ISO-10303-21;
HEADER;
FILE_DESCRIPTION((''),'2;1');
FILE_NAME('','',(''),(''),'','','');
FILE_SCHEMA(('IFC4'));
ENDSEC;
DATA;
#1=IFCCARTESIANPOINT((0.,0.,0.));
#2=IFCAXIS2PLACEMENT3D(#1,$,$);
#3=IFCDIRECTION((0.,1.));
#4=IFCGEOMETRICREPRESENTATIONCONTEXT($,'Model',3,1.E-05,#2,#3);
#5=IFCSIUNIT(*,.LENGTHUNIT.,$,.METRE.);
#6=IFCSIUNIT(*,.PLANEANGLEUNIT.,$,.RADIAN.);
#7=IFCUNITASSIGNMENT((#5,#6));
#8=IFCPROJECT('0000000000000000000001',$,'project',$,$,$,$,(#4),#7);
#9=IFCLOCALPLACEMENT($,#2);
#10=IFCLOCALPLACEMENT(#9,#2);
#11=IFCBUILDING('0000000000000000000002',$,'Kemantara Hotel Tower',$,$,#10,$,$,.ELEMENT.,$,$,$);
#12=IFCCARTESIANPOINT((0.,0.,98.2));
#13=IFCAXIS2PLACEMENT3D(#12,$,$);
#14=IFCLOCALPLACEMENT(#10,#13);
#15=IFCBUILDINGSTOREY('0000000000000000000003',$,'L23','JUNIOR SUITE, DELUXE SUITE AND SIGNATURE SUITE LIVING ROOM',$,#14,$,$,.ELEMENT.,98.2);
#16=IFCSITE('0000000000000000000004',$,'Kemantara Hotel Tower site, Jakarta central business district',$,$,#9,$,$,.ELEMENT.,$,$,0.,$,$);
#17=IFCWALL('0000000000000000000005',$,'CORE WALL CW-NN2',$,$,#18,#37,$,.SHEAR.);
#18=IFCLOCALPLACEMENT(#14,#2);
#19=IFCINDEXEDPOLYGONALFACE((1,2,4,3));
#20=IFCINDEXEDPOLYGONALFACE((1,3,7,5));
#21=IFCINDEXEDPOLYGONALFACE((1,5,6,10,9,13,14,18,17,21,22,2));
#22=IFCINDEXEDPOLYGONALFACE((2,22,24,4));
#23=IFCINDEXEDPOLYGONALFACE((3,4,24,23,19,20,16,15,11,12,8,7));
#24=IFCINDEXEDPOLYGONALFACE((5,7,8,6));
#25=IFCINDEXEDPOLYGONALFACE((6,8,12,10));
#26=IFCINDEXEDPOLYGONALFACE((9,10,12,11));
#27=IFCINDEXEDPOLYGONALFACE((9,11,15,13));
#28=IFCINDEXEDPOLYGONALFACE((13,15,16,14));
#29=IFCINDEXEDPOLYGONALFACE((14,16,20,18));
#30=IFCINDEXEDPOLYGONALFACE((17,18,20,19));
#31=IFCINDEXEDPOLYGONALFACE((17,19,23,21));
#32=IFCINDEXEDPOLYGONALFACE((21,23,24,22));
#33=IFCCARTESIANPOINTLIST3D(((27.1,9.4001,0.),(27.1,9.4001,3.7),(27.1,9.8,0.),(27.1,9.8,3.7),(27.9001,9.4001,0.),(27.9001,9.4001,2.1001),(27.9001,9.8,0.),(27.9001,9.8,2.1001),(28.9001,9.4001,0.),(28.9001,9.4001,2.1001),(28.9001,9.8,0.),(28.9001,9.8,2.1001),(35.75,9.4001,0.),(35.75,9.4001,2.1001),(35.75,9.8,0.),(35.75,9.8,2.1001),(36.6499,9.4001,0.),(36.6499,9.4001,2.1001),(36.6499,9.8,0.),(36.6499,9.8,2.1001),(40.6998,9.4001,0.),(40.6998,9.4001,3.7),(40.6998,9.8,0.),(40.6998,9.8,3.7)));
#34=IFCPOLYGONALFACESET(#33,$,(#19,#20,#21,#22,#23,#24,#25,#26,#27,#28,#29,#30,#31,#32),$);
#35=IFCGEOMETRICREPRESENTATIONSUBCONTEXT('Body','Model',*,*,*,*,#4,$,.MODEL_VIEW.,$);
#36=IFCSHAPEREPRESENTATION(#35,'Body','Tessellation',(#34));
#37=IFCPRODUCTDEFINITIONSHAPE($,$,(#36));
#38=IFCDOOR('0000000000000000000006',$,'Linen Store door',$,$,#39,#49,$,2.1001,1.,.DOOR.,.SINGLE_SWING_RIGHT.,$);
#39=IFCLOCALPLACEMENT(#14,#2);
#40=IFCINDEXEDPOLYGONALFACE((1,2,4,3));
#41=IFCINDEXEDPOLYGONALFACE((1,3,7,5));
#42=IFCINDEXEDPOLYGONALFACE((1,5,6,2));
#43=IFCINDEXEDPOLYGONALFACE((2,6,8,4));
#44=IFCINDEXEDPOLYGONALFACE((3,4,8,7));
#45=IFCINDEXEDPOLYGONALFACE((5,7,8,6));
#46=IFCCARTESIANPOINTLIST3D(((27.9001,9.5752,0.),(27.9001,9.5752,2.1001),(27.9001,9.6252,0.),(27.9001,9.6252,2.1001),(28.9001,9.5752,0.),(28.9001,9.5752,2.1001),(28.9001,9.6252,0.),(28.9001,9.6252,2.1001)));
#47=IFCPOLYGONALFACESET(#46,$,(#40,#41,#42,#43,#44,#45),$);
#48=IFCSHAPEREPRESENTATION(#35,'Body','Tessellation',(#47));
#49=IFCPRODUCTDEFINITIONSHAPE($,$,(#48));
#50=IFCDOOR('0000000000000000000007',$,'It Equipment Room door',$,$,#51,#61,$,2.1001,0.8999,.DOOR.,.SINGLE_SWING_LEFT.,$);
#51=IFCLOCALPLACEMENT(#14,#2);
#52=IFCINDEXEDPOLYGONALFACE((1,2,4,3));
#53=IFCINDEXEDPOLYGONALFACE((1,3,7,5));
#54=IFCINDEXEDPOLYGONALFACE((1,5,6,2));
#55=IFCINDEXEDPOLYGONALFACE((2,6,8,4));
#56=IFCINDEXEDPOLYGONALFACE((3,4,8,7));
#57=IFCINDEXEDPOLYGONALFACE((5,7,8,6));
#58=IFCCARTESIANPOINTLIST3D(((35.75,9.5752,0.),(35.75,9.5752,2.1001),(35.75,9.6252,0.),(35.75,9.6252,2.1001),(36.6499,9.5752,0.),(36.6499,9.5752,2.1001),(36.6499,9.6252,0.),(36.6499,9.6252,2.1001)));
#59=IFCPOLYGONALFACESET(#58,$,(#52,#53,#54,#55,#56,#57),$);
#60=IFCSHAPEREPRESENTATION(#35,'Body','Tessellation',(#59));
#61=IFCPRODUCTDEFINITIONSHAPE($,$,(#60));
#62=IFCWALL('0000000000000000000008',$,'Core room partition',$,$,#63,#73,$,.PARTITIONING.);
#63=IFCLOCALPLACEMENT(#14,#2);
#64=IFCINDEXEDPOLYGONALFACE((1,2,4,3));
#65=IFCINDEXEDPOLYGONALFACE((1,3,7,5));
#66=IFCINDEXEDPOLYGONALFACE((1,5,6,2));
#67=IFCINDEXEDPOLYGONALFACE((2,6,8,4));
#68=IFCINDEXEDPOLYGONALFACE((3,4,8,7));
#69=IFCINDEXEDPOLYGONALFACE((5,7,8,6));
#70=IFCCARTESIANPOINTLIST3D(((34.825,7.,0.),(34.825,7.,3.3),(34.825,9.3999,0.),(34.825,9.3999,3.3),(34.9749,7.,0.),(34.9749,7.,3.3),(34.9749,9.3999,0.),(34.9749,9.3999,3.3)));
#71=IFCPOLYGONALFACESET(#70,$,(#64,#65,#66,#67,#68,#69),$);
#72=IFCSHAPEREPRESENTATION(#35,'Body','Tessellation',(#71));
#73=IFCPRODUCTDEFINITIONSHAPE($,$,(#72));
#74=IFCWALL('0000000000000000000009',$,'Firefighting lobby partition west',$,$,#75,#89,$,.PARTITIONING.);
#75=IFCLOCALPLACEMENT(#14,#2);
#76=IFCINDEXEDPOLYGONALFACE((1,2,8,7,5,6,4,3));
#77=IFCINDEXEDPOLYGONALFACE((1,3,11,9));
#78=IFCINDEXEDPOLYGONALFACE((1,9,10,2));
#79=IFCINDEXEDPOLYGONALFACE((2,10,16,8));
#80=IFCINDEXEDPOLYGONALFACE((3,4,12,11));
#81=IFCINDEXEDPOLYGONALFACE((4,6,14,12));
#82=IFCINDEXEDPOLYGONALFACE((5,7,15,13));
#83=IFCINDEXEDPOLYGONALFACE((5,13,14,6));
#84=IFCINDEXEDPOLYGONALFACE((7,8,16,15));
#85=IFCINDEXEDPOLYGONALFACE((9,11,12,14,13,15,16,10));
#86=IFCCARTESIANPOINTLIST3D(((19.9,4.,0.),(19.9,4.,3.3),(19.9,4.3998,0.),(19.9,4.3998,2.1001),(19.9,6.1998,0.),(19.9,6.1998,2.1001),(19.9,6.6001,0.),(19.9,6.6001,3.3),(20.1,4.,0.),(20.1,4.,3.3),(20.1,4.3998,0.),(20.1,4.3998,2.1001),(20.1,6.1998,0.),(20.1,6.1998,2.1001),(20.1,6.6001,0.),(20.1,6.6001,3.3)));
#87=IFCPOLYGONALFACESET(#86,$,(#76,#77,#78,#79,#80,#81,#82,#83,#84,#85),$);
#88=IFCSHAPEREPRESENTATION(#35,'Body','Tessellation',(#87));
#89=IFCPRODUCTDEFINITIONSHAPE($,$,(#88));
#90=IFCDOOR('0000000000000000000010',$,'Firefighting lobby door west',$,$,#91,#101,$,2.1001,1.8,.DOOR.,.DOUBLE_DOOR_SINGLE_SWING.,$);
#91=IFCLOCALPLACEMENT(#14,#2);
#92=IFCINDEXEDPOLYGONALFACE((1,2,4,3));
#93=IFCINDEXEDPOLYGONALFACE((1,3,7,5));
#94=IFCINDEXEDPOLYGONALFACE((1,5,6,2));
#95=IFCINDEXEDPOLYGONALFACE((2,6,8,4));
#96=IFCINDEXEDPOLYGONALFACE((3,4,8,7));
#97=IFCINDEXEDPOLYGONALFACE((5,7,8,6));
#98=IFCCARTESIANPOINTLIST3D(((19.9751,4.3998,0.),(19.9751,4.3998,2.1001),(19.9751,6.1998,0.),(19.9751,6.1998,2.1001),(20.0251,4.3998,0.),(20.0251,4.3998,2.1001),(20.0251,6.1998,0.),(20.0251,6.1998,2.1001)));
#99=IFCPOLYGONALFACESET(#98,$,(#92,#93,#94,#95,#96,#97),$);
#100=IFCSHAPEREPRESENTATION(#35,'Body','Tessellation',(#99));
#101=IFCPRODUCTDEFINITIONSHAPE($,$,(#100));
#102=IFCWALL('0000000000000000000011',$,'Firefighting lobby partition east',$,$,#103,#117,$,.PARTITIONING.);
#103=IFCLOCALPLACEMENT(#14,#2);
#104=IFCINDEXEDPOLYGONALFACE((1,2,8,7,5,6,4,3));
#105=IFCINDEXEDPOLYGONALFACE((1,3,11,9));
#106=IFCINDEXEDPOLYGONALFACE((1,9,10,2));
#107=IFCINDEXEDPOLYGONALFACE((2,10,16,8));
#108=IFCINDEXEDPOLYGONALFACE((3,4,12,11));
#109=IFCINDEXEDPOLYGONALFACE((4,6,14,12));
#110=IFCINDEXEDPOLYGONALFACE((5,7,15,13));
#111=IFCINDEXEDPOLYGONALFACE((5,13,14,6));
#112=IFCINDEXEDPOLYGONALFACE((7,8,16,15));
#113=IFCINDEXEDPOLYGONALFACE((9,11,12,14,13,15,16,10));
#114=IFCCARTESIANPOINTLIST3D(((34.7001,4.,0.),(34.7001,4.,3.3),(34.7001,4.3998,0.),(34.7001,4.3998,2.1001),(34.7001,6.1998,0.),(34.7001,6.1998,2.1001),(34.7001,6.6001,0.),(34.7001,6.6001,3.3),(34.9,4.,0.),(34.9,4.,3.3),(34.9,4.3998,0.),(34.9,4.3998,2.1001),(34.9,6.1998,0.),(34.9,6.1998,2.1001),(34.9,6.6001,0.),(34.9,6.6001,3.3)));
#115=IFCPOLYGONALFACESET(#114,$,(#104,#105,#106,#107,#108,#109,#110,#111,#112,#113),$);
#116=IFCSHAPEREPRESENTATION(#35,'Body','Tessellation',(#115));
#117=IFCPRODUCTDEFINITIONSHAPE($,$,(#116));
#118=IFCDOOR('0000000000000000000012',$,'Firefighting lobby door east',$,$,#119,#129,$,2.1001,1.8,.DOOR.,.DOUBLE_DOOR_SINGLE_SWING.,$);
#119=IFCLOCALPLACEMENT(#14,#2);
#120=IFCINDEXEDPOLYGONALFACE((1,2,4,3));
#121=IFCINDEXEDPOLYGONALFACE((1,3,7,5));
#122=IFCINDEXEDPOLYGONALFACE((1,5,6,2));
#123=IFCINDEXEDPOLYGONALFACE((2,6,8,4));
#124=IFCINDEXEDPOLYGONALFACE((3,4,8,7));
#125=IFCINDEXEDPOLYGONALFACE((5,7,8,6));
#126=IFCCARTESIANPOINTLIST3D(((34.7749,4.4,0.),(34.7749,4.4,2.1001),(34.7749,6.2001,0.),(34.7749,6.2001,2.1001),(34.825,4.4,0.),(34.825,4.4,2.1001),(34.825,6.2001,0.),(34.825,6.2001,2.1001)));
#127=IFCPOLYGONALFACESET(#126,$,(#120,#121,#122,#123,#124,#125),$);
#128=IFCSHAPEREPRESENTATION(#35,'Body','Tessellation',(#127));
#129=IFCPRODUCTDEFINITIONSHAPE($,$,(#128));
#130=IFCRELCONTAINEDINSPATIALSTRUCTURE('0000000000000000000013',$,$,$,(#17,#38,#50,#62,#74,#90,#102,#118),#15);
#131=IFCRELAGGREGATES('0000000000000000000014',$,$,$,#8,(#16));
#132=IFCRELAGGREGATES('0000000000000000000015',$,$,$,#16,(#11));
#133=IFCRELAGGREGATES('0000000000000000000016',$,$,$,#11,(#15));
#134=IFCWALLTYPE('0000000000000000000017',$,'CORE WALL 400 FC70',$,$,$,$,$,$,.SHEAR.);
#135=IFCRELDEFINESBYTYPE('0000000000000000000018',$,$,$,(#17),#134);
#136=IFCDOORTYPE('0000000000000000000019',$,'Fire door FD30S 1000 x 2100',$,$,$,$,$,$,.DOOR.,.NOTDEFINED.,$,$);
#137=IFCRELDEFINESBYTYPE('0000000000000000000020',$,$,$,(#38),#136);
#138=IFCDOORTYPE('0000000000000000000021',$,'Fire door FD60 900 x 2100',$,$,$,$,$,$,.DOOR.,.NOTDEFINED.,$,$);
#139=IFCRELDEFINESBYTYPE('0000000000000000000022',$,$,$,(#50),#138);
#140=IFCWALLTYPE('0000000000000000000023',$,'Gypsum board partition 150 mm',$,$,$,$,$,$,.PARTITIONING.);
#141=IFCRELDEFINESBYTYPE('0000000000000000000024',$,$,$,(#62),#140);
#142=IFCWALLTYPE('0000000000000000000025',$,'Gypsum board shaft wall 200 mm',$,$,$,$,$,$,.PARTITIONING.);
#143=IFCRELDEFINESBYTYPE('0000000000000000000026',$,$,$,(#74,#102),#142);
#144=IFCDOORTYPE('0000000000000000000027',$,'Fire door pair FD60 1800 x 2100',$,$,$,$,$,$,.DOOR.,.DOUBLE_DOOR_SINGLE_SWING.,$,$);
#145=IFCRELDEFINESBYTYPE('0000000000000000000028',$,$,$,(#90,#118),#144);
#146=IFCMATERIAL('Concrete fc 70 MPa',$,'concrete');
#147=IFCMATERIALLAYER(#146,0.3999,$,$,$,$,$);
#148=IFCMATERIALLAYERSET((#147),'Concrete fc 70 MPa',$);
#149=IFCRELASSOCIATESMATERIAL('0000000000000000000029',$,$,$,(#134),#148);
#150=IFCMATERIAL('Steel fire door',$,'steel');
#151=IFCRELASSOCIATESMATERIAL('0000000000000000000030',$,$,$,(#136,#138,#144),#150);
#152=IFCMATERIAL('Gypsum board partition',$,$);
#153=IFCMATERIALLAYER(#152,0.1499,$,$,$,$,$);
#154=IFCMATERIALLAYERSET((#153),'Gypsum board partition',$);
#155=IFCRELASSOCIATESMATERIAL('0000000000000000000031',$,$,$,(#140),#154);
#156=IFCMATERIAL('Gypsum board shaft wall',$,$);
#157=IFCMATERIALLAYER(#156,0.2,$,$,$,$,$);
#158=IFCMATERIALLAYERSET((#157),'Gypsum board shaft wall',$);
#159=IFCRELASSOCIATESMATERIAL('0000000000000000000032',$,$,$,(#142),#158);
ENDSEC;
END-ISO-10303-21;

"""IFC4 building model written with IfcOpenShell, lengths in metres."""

from ifc_helpers import new_model, si_unit, direction, frame, frame_2d, origin, place, context, subcontext, project, spatial, rectangle, extrude, material, layer, layer_set, type_object, element, fill, save


model = new_model("IFC4")

# Units and contexts
model_context = context("Model", 3, precision=1e-05, world=origin(), true_north=direction((0.0, 1.0)))
body_context = subcontext(model_context, "Body", "Model", "MODEL_VIEW")
ifc_project = project(units=[si_unit("LENGTHUNIT", "METRE"), si_unit("PLANEANGLEUNIT", "RADIAN")], contexts=[model_context])

# Site, building, storey
site_placement = place(None, origin())
site = spatial("IfcSite", under=ifc_project, at=site_placement, Name="Kemantara Hotel Tower site, Jakarta central business district", CompositionType="ELEMENT", RefElevation=0.0)
building_placement = place(site_placement, origin())
building = spatial("IfcBuilding", under=site, at=building_placement, Name="Kemantara Hotel Tower", CompositionType="ELEMENT")
storey_placement = place(building_placement, frame((0.0, 0.0, 98.2)))
storey = spatial("IfcBuildingStorey", under=building, at=storey_placement, Name="L23", Description="JUNIOR SUITE, DELUXE SUITE AND SIGNATURE SUITE LIVING ROOM", CompositionType="ELEMENT", Elevation=98.2)

# Shared definitions
ifc_material_1 = material(Name="Concrete fc 70 MPa", Category="concrete")

# Wall, openings, doors
ifc_layer_1 = layer(ifc_material_1, 0.3999)
ifc_layer_set_1 = layer_set([ifc_layer_1], Name="Concrete fc 70 MPa")
wall_type_1 = type_object("IfcWallType", Name="CORE WALL 400 FC70", PredefinedType="SHEAR", material=ifc_layer_set_1)
wall_1_placement = place(storey_placement, frame((27.1001, 9.6001, 0.0), z_axis=(0.0, 0.0, 1.0), x_axis=(1.0, 0.0, 0.0)))
wall_1 = element("IfcWall", 1, at=wall_1_placement, inside=storey, type_object=wall_type_1, Name="CORE WALL CW-NN2", PredefinedType="SHEAR", context=body_context, shape_type="SweptSolid", body=[
    extrude(rectangle(XDim=13.5999, YDim=0.3999, at=frame_2d((6.7998, 0.0))), origin(), (0.0, 0.0, 1.0), 3.7),
])
opening_1_placement = place(wall_1_placement, frame((0.8, 0.0, 0.0)))
opening_1 = element("IfcOpeningElement", 2, at=opening_1_placement, cuts=wall_1, PredefinedType="OPENING", context=body_context, shape_type="SweptSolid", body=[
    extrude(rectangle(XDim=1.0, YDim=2.1001, at=frame_2d((0.5, 1.05))), frame((0.0, 0.21, 0.0), z_axis=(0.0, -1.0, 0.0), x_axis=(1.0, 0.0, 0.0)), (0.0, 0.0, 1.0), 0.4199),
])
opening_2_placement = place(wall_1_placement, frame((8.6499, 0.0, 0.0)))
opening_2 = element("IfcOpeningElement", 3, at=opening_2_placement, cuts=wall_1, PredefinedType="OPENING", context=body_context, shape_type="SweptSolid", body=[
    extrude(rectangle(XDim=0.8999, YDim=2.1001, at=frame_2d((0.45, 1.05))), frame((0.0, 0.21, 0.0), z_axis=(0.0, -1.0, 0.0), x_axis=(1.0, 0.0, 0.0)), (0.0, 0.0, 1.0), 0.4199),
])
ifc_material_2 = material(Name="Steel fire door", Category="steel")
door_type_1 = type_object("IfcDoorType", Name="Fire door FD30S 1000 x 2100", OperationType="NOTDEFINED", PredefinedType="DOOR", material=ifc_material_2)
door_1_placement = place(opening_1_placement, frame((1.0, 0.0, 0.0), z_axis=(0.0, 0.0, 1.0), x_axis=(-1.0, 0.0, 0.0)))
door_1 = element("IfcDoor", 4, at=door_1_placement, inside=storey, type_object=door_type_1, Name="Linen Store door", OperationType="SINGLE_SWING_RIGHT", OverallHeight=2.1001, OverallWidth=1.0, PredefinedType="DOOR", context=body_context, shape_type="SweptSolid", body=[
    extrude(rectangle(XDim=1.0, YDim=2.1001, at=frame_2d((0.5, 1.05))), frame((0.0, 0.0249, 0.0), z_axis=(0.0, -1.0, 0.0), x_axis=(1.0, 0.0, 0.0)), (0.0, 0.0, 1.0), 0.05),
])
fill(opening_1, door_1)
door_type_2 = type_object("IfcDoorType", Name="Fire door FD60 900 x 2100", OperationType="NOTDEFINED", PredefinedType="DOOR", material=ifc_material_2)
door_2_placement = place(opening_2_placement, frame((0.8999, 0.0, 0.0), z_axis=(0.0, 0.0, 1.0), x_axis=(-1.0, 0.0, 0.0)))
door_2 = element("IfcDoor", 5, at=door_2_placement, inside=storey, type_object=door_type_2, Name="It Equipment Room door", OperationType="SINGLE_SWING_LEFT", OverallHeight=2.1001, OverallWidth=0.8999, PredefinedType="DOOR", context=body_context, shape_type="SweptSolid", body=[
    extrude(rectangle(XDim=0.8999, YDim=2.1001, at=frame_2d((0.45, 1.05))), frame((0.0, 0.0249, 0.0), z_axis=(0.0, -1.0, 0.0), x_axis=(1.0, 0.0, 0.0)), (0.0, 0.0, 1.0), 0.05),
])
fill(opening_2, door_2)

# Wall
ifc_material_3 = material(Name="Gypsum board partition")
ifc_layer_2 = layer(ifc_material_3, 0.1499)
ifc_layer_set_2 = layer_set([ifc_layer_2], Name="Gypsum board partition")
wall_type_2 = type_object("IfcWallType", Name="Gypsum board partition 150 mm", PredefinedType="PARTITIONING", material=ifc_layer_set_2)
wall_2_placement = place(storey_placement, frame((34.8999, 7.0, 0.0), z_axis=(0.0, 0.0, 1.0), x_axis=(0.0, 1.0, 0.0)))
element("IfcWall", 6, at=wall_2_placement, inside=storey, type_object=wall_type_2, Name="Core room partition", PredefinedType="PARTITIONING", context=body_context, shape_type="SweptSolid", body=[
    extrude(rectangle(XDim=2.3999, YDim=0.1499, at=frame_2d((1.2, 0.0))), origin(), (0.0, 0.0, 1.0), 3.3),
])

# Walls, openings, doors
ifc_material_4 = material(Name="Gypsum board shaft wall")
ifc_layer_3 = layer(ifc_material_4, 0.2)
ifc_layer_set_3 = layer_set([ifc_layer_3], Name="Gypsum board shaft wall")
wall_type_3 = type_object("IfcWallType", Name="Gypsum board shaft wall 200 mm", PredefinedType="PARTITIONING", material=ifc_layer_set_3)
wall_3_placement = place(storey_placement, frame((20.0, 4.0, 0.0), z_axis=(0.0, 0.0, 1.0), x_axis=(0.0, 1.0, 0.0)))
wall_3 = element("IfcWall", 7, at=wall_3_placement, inside=storey, type_object=wall_type_3, Name="Firefighting lobby partition west", PredefinedType="PARTITIONING", context=body_context, shape_type="SweptSolid", body=[
    extrude(rectangle(XDim=2.6001, YDim=0.2, at=frame_2d((1.3, 0.0))), origin(), (0.0, 0.0, 1.0), 3.3),
])
opening_3_placement = place(wall_3_placement, frame((0.3999, 0.0, 0.0)))
opening_3 = element("IfcOpeningElement", 8, at=opening_3_placement, cuts=wall_3, PredefinedType="OPENING", context=body_context, shape_type="SweptSolid", body=[
    extrude(rectangle(XDim=1.8, YDim=2.1001, at=frame_2d((0.8999, 1.05))), frame((0.0, 0.1099, 0.0), z_axis=(0.0, -1.0, 0.0), x_axis=(1.0, 0.0, 0.0)), (0.0, 0.0, 1.0), 0.22),
])
door_type_3 = type_object("IfcDoorType", Name="Fire door pair FD60 1800 x 2100", OperationType="DOUBLE_DOOR_SINGLE_SWING", PredefinedType="DOOR", material=ifc_material_2)
door_3_placement = place(opening_3_placement, origin())
door_3 = element("IfcDoor", 9, at=door_3_placement, inside=storey, type_object=door_type_3, Name="Firefighting lobby door west", OperationType="DOUBLE_DOOR_SINGLE_SWING", OverallHeight=2.1001, OverallWidth=1.8, PredefinedType="DOOR", context=body_context, shape_type="SweptSolid", body=[
    extrude(rectangle(XDim=1.8, YDim=2.1001, at=frame_2d((0.8999, 1.05))), frame((0.0, 0.0249, 0.0), z_axis=(0.0, -1.0, 0.0), x_axis=(1.0, 0.0, 0.0)), (0.0, 0.0, 1.0), 0.05),
])
fill(opening_3, door_3)
wall_4_placement = place(storey_placement, frame((34.8, 4.0, 0.0), z_axis=(0.0, 0.0, 1.0), x_axis=(0.0, 1.0, 0.0)))
wall_4 = element("IfcWall", 10, at=wall_4_placement, inside=storey, type_object=wall_type_3, Name="Firefighting lobby partition east", PredefinedType="PARTITIONING", context=body_context, shape_type="SweptSolid", body=[
    extrude(rectangle(XDim=2.6001, YDim=0.2, at=frame_2d((1.3, 0.0))), origin(), (0.0, 0.0, 1.0), 3.3),
])
opening_4_placement = place(wall_4_placement, frame((0.3999, 0.0, 0.0)))
opening_4 = element("IfcOpeningElement", 11, at=opening_4_placement, cuts=wall_4, PredefinedType="OPENING", context=body_context, shape_type="SweptSolid", body=[
    extrude(rectangle(XDim=1.8, YDim=2.1001, at=frame_2d((0.8999, 1.05))), frame((0.0, 0.1099, 0.0), z_axis=(0.0, -1.0, 0.0), x_axis=(1.0, 0.0, 0.0)), (0.0, 0.0, 1.0), 0.22),
])
door_4_placement = place(opening_4_placement, frame((1.8, 0.0, 0.0), z_axis=(0.0, 0.0, 1.0), x_axis=(-1.0, 0.0, 0.0)))
door_4 = element("IfcDoor", 12, at=door_4_placement, inside=storey, type_object=door_type_3, Name="Firefighting lobby door east", OperationType="DOUBLE_DOOR_SINGLE_SWING", OverallHeight=2.1001, OverallWidth=1.8, PredefinedType="DOOR", context=body_context, shape_type="SweptSolid", body=[
    extrude(rectangle(XDim=1.8, YDim=2.1001, at=frame_2d((0.8999, 1.05))), frame((0.0, 0.0249, 0.0), z_axis=(0.0, -1.0, 0.0), x_axis=(1.0, 0.0, 0.0)), (0.0, 0.0, 1.0), 0.05),
])
fill(opening_4, door_4)

save(model, "model.ifc")
